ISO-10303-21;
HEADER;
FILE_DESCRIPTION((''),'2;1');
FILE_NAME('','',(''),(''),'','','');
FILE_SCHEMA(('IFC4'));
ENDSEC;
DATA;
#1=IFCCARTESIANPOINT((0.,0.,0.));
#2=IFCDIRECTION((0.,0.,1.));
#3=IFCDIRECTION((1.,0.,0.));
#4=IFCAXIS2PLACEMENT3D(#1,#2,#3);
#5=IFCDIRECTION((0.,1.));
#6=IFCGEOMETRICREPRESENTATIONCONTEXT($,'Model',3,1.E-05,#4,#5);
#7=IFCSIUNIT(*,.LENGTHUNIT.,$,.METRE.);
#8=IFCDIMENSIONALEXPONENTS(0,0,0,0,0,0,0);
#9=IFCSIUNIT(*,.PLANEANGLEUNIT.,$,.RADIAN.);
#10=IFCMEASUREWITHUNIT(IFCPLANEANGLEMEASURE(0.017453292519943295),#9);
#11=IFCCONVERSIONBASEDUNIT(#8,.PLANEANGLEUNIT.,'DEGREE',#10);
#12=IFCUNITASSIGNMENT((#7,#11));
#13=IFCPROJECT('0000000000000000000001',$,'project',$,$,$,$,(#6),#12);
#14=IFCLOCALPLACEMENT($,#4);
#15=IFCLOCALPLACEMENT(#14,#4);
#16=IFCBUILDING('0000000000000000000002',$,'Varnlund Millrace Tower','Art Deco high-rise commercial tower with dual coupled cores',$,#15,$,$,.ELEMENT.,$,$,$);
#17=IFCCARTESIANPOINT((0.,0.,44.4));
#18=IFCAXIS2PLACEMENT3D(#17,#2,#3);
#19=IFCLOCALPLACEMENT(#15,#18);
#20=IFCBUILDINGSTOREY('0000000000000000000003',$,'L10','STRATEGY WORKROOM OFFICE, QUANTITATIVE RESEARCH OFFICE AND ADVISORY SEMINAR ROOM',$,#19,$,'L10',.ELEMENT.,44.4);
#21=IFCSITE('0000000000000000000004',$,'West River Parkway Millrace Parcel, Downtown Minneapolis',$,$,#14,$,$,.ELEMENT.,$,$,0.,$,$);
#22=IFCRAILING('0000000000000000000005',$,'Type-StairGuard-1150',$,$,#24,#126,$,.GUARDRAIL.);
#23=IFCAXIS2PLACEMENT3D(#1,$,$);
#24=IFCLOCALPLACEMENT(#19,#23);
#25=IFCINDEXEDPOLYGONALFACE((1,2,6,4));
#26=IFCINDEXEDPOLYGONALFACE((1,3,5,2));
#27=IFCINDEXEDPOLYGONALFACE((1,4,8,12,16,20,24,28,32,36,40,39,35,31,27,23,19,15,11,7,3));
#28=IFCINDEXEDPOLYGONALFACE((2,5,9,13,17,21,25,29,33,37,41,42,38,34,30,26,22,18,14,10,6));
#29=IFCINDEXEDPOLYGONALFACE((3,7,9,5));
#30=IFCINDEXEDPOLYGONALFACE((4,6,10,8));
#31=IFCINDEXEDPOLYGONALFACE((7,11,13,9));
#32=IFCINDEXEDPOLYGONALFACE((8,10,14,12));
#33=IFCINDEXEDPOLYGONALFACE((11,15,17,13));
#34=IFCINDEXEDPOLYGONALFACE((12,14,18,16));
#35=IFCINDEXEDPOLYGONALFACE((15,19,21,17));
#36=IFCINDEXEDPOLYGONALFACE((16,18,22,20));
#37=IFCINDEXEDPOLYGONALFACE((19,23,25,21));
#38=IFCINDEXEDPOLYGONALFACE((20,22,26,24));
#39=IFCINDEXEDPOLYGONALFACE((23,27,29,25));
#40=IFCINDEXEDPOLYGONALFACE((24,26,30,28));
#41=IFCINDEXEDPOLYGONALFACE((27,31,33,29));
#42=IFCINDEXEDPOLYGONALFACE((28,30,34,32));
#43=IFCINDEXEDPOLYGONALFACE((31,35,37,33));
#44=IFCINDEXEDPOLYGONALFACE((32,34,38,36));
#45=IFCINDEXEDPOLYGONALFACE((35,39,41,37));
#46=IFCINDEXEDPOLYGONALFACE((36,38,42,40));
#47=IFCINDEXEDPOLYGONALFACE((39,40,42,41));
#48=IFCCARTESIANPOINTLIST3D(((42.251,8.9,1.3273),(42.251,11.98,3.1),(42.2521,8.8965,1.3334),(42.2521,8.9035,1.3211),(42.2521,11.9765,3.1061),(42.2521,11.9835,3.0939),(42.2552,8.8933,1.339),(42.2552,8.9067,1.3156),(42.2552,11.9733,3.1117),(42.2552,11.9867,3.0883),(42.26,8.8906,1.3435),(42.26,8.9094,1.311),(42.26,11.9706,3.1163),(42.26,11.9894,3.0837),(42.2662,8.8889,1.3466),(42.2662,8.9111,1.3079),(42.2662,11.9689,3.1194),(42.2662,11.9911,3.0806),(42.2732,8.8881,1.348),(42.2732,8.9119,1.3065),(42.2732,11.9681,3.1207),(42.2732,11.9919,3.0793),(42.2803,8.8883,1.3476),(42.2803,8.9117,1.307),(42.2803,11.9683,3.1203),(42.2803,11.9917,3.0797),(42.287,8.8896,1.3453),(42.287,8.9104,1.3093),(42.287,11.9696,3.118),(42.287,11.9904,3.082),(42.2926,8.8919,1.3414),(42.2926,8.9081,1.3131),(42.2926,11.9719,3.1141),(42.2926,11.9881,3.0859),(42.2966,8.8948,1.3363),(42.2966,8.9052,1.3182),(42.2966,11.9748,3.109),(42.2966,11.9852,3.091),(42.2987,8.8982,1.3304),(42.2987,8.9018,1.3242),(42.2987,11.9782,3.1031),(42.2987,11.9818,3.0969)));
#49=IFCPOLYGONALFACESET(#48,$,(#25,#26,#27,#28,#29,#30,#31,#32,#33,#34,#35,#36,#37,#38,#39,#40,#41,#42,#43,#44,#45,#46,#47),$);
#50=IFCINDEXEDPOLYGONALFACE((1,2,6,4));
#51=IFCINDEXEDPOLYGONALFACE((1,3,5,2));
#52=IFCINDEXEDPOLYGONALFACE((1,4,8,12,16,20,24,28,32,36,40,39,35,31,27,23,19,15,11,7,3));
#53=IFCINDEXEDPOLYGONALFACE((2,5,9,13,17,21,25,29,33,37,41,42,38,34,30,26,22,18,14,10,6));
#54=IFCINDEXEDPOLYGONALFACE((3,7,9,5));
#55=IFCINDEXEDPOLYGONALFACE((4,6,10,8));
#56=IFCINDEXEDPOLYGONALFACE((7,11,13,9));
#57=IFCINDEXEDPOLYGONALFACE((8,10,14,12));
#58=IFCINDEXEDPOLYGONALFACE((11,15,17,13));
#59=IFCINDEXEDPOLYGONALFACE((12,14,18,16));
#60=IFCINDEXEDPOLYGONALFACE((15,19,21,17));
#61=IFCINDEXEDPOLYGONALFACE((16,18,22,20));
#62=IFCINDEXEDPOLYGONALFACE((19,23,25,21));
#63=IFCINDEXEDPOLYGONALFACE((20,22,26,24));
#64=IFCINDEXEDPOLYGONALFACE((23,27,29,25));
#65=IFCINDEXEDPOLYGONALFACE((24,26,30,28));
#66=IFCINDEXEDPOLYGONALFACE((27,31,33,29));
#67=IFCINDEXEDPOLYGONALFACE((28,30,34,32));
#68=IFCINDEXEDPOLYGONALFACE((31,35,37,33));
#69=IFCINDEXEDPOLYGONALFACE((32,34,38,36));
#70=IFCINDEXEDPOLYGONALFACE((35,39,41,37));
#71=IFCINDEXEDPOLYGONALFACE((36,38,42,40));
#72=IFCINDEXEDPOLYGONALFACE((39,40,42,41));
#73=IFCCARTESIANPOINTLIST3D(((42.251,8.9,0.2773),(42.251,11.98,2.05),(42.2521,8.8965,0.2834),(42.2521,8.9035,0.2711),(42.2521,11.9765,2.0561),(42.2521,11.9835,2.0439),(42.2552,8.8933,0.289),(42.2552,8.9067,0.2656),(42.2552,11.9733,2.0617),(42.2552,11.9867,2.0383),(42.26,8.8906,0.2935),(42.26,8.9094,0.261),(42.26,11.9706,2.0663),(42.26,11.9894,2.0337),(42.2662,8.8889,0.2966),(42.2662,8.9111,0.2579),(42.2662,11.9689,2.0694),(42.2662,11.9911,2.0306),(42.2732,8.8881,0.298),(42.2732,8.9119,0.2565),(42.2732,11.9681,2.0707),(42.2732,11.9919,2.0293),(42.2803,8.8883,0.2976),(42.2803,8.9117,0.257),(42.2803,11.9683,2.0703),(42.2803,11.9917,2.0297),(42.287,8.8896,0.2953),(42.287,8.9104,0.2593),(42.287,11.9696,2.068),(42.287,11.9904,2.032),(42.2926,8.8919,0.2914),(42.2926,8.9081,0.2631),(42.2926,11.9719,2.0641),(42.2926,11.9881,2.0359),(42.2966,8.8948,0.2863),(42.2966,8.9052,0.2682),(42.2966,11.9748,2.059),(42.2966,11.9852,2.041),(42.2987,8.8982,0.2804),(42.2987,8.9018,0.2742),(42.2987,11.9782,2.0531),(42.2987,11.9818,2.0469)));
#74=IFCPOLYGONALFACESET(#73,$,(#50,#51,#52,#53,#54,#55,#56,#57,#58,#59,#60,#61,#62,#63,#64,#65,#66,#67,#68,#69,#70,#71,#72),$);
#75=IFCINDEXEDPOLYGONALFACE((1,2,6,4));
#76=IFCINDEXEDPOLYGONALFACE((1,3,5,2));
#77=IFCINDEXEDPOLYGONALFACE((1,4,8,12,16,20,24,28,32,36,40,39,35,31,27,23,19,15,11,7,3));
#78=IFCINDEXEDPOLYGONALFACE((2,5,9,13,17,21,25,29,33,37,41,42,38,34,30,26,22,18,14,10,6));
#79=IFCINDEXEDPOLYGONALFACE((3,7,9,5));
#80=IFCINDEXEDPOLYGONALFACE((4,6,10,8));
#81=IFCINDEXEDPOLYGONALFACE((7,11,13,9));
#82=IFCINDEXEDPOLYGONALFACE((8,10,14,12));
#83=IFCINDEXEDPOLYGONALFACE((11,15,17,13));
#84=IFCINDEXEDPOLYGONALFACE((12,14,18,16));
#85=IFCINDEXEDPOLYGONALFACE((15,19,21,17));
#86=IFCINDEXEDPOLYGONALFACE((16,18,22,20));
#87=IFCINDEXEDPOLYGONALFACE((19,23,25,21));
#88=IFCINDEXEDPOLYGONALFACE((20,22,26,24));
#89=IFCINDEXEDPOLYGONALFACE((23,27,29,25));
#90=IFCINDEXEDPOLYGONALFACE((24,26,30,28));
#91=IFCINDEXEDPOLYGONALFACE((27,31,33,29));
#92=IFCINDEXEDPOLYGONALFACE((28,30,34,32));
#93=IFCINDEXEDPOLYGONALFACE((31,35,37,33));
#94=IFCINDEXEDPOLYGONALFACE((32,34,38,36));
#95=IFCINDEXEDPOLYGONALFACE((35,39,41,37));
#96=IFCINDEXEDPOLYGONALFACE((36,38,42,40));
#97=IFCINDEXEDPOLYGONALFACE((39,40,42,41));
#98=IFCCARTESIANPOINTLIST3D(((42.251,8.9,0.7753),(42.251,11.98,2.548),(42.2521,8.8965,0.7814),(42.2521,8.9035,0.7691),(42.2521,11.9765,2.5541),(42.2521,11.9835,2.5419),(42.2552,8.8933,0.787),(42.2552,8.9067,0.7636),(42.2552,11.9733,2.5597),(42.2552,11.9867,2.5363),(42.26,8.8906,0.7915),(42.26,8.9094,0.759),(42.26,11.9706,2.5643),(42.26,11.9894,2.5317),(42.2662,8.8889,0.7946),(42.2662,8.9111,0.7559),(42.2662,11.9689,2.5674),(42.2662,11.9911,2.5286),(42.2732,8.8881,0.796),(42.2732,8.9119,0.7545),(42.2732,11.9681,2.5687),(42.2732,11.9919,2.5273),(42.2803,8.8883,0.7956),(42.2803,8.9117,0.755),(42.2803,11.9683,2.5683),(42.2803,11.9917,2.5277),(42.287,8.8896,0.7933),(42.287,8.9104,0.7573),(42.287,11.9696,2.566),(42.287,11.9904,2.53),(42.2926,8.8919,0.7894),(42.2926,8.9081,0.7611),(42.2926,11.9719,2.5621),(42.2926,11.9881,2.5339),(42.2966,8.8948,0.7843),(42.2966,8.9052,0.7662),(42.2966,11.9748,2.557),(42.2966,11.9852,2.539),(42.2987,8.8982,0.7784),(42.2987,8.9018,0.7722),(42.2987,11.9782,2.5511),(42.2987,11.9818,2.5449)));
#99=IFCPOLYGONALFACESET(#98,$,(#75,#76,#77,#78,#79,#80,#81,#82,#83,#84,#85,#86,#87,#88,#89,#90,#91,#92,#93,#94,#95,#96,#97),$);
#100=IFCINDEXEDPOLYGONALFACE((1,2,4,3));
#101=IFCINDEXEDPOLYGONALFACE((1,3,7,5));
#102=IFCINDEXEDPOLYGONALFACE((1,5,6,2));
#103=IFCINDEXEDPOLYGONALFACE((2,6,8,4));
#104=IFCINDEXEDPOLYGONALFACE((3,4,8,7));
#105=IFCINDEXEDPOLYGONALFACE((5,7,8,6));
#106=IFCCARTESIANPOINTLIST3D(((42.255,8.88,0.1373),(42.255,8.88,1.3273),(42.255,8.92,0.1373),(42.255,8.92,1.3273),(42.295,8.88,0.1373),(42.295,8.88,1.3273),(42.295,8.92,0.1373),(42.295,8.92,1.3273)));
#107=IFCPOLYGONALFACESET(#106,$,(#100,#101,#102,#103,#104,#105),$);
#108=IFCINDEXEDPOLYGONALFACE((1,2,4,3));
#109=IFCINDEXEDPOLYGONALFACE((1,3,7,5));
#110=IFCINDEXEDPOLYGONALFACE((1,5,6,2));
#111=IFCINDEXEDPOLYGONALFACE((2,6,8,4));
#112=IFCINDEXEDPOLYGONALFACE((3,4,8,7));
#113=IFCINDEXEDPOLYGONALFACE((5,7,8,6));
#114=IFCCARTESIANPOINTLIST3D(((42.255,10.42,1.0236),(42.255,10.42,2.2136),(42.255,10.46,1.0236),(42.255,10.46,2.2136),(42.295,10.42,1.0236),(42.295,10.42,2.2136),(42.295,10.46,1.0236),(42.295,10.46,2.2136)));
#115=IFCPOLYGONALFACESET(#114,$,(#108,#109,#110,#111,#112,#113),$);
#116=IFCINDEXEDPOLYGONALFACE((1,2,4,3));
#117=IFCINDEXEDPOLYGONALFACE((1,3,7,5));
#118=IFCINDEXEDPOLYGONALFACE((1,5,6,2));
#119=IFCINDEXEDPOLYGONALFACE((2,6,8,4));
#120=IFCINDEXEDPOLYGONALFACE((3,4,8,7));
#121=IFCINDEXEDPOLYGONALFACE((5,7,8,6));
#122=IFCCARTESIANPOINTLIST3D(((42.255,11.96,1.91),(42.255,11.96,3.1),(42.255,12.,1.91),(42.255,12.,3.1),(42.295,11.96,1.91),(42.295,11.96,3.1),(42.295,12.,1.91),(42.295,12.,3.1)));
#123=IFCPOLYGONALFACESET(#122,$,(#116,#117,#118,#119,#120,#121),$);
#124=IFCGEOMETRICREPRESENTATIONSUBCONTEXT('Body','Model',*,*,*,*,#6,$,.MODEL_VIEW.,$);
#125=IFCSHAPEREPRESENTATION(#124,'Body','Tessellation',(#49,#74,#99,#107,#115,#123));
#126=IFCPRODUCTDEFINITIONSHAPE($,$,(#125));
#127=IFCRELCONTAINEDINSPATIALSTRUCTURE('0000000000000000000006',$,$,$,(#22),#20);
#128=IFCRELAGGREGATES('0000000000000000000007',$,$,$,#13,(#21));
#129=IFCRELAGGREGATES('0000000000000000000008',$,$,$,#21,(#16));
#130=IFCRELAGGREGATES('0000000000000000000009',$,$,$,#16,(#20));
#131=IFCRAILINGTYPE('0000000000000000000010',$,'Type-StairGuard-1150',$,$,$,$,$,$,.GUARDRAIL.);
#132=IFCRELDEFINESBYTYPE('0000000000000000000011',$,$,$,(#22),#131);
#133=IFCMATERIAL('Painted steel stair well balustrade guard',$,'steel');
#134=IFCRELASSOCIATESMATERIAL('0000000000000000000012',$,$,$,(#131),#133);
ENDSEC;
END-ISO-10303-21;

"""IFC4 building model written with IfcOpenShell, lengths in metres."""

from ifc_helpers import new_model, entity, si_unit, converted_unit, direction, frame, origin_with_axes, origin_2d_with_axis, place, context, subcontext, project, spatial, rectangle, circle, extrude, material, type_object, element, save


model = new_model("IFC4")

# Units and contexts
model_context = context("Model", 3, precision=1e-05, world=origin_with_axes(), true_north=direction((0.0, 1.0)))
body_context = subcontext(model_context, "Body", "Model", "MODEL_VIEW")
ifc_project = project(units=[si_unit("LENGTHUNIT", "METRE"), converted_unit("PLANEANGLEUNIT", "DEGREE", entity("IfcPlaneAngleMeasure", 0.017453292519943295), si_unit("PLANEANGLEUNIT", "RADIAN"), dimensions=[0, 0, 0, 0, 0, 0, 0])], contexts=[model_context])

# Site, building, storey
site_placement = place(None, origin_with_axes())
site = spatial("IfcSite", under=ifc_project, at=site_placement, Name="West River Parkway Millrace Parcel, Downtown Minneapolis", CompositionType="ELEMENT", RefElevation=0.0)
building_placement = place(site_placement, origin_with_axes())
building = spatial("IfcBuilding", under=site, at=building_placement, Name="Varnlund Millrace Tower", Description="Art Deco high-rise commercial tower with dual coupled cores", CompositionType="ELEMENT")
storey_placement = place(building_placement, frame((0.0, 0.0, 44.4), z_axis=(0.0, 0.0, 1.0), x_axis=(1.0, 0.0, 0.0)))
storey = spatial("IfcBuildingStorey", under=building, at=storey_placement, Name="L10", Description="STRATEGY WORKROOM OFFICE, QUANTITATIVE RESEARCH OFFICE AND ADVISORY SEMINAR ROOM", LongName="L10", CompositionType="ELEMENT", Elevation=44.4)

# Railing
ifc_material_1 = material(Name="Painted steel stair well balustrade guard", Category="steel")
railing_type_1 = type_object("IfcRailingType", Name="Type-StairGuard-1150", PredefinedType="GUARDRAIL", material=ifc_material_1)
railing_1_placement = place(storey_placement, frame((0.0, 0.0, -44.4), z_axis=(0.0, 0.0, 1.0), x_axis=(1.0, 0.0, 0.0)))
element("IfcRailing", 1, at=railing_1_placement, inside=storey, type_object=railing_type_1, Name="Type-StairGuard-1150", PredefinedType="GUARDRAIL", context=body_context, shape_type="SweptSolid", body=[
    extrude(circle(Radius=0.024, at=origin_2d_with_axis()), frame((42.275, 8.9, 45.7273), z_axis=(0.0, 0.866696, 0.498836), x_axis=(-1.0, 0.0, 0.0)), (0.0, 0.0, 1.0), 3.5537),
    extrude(circle(Radius=0.024, at=origin_2d_with_axis()), frame((42.275, 8.9, 44.6773), z_axis=(0.0, 0.866696, 0.498836), x_axis=(-1.0, 0.0, 0.0)), (0.0, 0.0, 1.0), 3.5537),
    extrude(circle(Radius=0.024, at=origin_2d_with_axis()), frame((42.275, 8.9, 45.1753), z_axis=(0.0, 0.866696, 0.498836), x_axis=(-1.0, 0.0, 0.0)), (0.0, 0.0, 1.0), 3.5537),
    extrude(rectangle(XDim=0.04, YDim=0.04, at=origin_2d_with_axis()), frame((42.275, 8.9, 44.5373), z_axis=(0.0, 0.0, 1.0), x_axis=(1.0, 0.0, 0.0)), (0.0, 0.0, 1.0), 1.19),
    extrude(rectangle(XDim=0.04, YDim=0.04, at=origin_2d_with_axis()), frame((42.275, 10.44, 45.4236), z_axis=(0.0, 0.0, 1.0), x_axis=(1.0, 0.0, 0.0)), (0.0, 0.0, 1.0), 1.19),
    extrude(rectangle(XDim=0.04, YDim=0.04, at=origin_2d_with_axis()), frame((42.275, 11.98, 46.31), z_axis=(0.0, 0.0, 1.0), x_axis=(1.0, 0.0, 0.0)), (0.0, 0.0, 1.0), 1.19),
])

save(model, "model.ifc")
